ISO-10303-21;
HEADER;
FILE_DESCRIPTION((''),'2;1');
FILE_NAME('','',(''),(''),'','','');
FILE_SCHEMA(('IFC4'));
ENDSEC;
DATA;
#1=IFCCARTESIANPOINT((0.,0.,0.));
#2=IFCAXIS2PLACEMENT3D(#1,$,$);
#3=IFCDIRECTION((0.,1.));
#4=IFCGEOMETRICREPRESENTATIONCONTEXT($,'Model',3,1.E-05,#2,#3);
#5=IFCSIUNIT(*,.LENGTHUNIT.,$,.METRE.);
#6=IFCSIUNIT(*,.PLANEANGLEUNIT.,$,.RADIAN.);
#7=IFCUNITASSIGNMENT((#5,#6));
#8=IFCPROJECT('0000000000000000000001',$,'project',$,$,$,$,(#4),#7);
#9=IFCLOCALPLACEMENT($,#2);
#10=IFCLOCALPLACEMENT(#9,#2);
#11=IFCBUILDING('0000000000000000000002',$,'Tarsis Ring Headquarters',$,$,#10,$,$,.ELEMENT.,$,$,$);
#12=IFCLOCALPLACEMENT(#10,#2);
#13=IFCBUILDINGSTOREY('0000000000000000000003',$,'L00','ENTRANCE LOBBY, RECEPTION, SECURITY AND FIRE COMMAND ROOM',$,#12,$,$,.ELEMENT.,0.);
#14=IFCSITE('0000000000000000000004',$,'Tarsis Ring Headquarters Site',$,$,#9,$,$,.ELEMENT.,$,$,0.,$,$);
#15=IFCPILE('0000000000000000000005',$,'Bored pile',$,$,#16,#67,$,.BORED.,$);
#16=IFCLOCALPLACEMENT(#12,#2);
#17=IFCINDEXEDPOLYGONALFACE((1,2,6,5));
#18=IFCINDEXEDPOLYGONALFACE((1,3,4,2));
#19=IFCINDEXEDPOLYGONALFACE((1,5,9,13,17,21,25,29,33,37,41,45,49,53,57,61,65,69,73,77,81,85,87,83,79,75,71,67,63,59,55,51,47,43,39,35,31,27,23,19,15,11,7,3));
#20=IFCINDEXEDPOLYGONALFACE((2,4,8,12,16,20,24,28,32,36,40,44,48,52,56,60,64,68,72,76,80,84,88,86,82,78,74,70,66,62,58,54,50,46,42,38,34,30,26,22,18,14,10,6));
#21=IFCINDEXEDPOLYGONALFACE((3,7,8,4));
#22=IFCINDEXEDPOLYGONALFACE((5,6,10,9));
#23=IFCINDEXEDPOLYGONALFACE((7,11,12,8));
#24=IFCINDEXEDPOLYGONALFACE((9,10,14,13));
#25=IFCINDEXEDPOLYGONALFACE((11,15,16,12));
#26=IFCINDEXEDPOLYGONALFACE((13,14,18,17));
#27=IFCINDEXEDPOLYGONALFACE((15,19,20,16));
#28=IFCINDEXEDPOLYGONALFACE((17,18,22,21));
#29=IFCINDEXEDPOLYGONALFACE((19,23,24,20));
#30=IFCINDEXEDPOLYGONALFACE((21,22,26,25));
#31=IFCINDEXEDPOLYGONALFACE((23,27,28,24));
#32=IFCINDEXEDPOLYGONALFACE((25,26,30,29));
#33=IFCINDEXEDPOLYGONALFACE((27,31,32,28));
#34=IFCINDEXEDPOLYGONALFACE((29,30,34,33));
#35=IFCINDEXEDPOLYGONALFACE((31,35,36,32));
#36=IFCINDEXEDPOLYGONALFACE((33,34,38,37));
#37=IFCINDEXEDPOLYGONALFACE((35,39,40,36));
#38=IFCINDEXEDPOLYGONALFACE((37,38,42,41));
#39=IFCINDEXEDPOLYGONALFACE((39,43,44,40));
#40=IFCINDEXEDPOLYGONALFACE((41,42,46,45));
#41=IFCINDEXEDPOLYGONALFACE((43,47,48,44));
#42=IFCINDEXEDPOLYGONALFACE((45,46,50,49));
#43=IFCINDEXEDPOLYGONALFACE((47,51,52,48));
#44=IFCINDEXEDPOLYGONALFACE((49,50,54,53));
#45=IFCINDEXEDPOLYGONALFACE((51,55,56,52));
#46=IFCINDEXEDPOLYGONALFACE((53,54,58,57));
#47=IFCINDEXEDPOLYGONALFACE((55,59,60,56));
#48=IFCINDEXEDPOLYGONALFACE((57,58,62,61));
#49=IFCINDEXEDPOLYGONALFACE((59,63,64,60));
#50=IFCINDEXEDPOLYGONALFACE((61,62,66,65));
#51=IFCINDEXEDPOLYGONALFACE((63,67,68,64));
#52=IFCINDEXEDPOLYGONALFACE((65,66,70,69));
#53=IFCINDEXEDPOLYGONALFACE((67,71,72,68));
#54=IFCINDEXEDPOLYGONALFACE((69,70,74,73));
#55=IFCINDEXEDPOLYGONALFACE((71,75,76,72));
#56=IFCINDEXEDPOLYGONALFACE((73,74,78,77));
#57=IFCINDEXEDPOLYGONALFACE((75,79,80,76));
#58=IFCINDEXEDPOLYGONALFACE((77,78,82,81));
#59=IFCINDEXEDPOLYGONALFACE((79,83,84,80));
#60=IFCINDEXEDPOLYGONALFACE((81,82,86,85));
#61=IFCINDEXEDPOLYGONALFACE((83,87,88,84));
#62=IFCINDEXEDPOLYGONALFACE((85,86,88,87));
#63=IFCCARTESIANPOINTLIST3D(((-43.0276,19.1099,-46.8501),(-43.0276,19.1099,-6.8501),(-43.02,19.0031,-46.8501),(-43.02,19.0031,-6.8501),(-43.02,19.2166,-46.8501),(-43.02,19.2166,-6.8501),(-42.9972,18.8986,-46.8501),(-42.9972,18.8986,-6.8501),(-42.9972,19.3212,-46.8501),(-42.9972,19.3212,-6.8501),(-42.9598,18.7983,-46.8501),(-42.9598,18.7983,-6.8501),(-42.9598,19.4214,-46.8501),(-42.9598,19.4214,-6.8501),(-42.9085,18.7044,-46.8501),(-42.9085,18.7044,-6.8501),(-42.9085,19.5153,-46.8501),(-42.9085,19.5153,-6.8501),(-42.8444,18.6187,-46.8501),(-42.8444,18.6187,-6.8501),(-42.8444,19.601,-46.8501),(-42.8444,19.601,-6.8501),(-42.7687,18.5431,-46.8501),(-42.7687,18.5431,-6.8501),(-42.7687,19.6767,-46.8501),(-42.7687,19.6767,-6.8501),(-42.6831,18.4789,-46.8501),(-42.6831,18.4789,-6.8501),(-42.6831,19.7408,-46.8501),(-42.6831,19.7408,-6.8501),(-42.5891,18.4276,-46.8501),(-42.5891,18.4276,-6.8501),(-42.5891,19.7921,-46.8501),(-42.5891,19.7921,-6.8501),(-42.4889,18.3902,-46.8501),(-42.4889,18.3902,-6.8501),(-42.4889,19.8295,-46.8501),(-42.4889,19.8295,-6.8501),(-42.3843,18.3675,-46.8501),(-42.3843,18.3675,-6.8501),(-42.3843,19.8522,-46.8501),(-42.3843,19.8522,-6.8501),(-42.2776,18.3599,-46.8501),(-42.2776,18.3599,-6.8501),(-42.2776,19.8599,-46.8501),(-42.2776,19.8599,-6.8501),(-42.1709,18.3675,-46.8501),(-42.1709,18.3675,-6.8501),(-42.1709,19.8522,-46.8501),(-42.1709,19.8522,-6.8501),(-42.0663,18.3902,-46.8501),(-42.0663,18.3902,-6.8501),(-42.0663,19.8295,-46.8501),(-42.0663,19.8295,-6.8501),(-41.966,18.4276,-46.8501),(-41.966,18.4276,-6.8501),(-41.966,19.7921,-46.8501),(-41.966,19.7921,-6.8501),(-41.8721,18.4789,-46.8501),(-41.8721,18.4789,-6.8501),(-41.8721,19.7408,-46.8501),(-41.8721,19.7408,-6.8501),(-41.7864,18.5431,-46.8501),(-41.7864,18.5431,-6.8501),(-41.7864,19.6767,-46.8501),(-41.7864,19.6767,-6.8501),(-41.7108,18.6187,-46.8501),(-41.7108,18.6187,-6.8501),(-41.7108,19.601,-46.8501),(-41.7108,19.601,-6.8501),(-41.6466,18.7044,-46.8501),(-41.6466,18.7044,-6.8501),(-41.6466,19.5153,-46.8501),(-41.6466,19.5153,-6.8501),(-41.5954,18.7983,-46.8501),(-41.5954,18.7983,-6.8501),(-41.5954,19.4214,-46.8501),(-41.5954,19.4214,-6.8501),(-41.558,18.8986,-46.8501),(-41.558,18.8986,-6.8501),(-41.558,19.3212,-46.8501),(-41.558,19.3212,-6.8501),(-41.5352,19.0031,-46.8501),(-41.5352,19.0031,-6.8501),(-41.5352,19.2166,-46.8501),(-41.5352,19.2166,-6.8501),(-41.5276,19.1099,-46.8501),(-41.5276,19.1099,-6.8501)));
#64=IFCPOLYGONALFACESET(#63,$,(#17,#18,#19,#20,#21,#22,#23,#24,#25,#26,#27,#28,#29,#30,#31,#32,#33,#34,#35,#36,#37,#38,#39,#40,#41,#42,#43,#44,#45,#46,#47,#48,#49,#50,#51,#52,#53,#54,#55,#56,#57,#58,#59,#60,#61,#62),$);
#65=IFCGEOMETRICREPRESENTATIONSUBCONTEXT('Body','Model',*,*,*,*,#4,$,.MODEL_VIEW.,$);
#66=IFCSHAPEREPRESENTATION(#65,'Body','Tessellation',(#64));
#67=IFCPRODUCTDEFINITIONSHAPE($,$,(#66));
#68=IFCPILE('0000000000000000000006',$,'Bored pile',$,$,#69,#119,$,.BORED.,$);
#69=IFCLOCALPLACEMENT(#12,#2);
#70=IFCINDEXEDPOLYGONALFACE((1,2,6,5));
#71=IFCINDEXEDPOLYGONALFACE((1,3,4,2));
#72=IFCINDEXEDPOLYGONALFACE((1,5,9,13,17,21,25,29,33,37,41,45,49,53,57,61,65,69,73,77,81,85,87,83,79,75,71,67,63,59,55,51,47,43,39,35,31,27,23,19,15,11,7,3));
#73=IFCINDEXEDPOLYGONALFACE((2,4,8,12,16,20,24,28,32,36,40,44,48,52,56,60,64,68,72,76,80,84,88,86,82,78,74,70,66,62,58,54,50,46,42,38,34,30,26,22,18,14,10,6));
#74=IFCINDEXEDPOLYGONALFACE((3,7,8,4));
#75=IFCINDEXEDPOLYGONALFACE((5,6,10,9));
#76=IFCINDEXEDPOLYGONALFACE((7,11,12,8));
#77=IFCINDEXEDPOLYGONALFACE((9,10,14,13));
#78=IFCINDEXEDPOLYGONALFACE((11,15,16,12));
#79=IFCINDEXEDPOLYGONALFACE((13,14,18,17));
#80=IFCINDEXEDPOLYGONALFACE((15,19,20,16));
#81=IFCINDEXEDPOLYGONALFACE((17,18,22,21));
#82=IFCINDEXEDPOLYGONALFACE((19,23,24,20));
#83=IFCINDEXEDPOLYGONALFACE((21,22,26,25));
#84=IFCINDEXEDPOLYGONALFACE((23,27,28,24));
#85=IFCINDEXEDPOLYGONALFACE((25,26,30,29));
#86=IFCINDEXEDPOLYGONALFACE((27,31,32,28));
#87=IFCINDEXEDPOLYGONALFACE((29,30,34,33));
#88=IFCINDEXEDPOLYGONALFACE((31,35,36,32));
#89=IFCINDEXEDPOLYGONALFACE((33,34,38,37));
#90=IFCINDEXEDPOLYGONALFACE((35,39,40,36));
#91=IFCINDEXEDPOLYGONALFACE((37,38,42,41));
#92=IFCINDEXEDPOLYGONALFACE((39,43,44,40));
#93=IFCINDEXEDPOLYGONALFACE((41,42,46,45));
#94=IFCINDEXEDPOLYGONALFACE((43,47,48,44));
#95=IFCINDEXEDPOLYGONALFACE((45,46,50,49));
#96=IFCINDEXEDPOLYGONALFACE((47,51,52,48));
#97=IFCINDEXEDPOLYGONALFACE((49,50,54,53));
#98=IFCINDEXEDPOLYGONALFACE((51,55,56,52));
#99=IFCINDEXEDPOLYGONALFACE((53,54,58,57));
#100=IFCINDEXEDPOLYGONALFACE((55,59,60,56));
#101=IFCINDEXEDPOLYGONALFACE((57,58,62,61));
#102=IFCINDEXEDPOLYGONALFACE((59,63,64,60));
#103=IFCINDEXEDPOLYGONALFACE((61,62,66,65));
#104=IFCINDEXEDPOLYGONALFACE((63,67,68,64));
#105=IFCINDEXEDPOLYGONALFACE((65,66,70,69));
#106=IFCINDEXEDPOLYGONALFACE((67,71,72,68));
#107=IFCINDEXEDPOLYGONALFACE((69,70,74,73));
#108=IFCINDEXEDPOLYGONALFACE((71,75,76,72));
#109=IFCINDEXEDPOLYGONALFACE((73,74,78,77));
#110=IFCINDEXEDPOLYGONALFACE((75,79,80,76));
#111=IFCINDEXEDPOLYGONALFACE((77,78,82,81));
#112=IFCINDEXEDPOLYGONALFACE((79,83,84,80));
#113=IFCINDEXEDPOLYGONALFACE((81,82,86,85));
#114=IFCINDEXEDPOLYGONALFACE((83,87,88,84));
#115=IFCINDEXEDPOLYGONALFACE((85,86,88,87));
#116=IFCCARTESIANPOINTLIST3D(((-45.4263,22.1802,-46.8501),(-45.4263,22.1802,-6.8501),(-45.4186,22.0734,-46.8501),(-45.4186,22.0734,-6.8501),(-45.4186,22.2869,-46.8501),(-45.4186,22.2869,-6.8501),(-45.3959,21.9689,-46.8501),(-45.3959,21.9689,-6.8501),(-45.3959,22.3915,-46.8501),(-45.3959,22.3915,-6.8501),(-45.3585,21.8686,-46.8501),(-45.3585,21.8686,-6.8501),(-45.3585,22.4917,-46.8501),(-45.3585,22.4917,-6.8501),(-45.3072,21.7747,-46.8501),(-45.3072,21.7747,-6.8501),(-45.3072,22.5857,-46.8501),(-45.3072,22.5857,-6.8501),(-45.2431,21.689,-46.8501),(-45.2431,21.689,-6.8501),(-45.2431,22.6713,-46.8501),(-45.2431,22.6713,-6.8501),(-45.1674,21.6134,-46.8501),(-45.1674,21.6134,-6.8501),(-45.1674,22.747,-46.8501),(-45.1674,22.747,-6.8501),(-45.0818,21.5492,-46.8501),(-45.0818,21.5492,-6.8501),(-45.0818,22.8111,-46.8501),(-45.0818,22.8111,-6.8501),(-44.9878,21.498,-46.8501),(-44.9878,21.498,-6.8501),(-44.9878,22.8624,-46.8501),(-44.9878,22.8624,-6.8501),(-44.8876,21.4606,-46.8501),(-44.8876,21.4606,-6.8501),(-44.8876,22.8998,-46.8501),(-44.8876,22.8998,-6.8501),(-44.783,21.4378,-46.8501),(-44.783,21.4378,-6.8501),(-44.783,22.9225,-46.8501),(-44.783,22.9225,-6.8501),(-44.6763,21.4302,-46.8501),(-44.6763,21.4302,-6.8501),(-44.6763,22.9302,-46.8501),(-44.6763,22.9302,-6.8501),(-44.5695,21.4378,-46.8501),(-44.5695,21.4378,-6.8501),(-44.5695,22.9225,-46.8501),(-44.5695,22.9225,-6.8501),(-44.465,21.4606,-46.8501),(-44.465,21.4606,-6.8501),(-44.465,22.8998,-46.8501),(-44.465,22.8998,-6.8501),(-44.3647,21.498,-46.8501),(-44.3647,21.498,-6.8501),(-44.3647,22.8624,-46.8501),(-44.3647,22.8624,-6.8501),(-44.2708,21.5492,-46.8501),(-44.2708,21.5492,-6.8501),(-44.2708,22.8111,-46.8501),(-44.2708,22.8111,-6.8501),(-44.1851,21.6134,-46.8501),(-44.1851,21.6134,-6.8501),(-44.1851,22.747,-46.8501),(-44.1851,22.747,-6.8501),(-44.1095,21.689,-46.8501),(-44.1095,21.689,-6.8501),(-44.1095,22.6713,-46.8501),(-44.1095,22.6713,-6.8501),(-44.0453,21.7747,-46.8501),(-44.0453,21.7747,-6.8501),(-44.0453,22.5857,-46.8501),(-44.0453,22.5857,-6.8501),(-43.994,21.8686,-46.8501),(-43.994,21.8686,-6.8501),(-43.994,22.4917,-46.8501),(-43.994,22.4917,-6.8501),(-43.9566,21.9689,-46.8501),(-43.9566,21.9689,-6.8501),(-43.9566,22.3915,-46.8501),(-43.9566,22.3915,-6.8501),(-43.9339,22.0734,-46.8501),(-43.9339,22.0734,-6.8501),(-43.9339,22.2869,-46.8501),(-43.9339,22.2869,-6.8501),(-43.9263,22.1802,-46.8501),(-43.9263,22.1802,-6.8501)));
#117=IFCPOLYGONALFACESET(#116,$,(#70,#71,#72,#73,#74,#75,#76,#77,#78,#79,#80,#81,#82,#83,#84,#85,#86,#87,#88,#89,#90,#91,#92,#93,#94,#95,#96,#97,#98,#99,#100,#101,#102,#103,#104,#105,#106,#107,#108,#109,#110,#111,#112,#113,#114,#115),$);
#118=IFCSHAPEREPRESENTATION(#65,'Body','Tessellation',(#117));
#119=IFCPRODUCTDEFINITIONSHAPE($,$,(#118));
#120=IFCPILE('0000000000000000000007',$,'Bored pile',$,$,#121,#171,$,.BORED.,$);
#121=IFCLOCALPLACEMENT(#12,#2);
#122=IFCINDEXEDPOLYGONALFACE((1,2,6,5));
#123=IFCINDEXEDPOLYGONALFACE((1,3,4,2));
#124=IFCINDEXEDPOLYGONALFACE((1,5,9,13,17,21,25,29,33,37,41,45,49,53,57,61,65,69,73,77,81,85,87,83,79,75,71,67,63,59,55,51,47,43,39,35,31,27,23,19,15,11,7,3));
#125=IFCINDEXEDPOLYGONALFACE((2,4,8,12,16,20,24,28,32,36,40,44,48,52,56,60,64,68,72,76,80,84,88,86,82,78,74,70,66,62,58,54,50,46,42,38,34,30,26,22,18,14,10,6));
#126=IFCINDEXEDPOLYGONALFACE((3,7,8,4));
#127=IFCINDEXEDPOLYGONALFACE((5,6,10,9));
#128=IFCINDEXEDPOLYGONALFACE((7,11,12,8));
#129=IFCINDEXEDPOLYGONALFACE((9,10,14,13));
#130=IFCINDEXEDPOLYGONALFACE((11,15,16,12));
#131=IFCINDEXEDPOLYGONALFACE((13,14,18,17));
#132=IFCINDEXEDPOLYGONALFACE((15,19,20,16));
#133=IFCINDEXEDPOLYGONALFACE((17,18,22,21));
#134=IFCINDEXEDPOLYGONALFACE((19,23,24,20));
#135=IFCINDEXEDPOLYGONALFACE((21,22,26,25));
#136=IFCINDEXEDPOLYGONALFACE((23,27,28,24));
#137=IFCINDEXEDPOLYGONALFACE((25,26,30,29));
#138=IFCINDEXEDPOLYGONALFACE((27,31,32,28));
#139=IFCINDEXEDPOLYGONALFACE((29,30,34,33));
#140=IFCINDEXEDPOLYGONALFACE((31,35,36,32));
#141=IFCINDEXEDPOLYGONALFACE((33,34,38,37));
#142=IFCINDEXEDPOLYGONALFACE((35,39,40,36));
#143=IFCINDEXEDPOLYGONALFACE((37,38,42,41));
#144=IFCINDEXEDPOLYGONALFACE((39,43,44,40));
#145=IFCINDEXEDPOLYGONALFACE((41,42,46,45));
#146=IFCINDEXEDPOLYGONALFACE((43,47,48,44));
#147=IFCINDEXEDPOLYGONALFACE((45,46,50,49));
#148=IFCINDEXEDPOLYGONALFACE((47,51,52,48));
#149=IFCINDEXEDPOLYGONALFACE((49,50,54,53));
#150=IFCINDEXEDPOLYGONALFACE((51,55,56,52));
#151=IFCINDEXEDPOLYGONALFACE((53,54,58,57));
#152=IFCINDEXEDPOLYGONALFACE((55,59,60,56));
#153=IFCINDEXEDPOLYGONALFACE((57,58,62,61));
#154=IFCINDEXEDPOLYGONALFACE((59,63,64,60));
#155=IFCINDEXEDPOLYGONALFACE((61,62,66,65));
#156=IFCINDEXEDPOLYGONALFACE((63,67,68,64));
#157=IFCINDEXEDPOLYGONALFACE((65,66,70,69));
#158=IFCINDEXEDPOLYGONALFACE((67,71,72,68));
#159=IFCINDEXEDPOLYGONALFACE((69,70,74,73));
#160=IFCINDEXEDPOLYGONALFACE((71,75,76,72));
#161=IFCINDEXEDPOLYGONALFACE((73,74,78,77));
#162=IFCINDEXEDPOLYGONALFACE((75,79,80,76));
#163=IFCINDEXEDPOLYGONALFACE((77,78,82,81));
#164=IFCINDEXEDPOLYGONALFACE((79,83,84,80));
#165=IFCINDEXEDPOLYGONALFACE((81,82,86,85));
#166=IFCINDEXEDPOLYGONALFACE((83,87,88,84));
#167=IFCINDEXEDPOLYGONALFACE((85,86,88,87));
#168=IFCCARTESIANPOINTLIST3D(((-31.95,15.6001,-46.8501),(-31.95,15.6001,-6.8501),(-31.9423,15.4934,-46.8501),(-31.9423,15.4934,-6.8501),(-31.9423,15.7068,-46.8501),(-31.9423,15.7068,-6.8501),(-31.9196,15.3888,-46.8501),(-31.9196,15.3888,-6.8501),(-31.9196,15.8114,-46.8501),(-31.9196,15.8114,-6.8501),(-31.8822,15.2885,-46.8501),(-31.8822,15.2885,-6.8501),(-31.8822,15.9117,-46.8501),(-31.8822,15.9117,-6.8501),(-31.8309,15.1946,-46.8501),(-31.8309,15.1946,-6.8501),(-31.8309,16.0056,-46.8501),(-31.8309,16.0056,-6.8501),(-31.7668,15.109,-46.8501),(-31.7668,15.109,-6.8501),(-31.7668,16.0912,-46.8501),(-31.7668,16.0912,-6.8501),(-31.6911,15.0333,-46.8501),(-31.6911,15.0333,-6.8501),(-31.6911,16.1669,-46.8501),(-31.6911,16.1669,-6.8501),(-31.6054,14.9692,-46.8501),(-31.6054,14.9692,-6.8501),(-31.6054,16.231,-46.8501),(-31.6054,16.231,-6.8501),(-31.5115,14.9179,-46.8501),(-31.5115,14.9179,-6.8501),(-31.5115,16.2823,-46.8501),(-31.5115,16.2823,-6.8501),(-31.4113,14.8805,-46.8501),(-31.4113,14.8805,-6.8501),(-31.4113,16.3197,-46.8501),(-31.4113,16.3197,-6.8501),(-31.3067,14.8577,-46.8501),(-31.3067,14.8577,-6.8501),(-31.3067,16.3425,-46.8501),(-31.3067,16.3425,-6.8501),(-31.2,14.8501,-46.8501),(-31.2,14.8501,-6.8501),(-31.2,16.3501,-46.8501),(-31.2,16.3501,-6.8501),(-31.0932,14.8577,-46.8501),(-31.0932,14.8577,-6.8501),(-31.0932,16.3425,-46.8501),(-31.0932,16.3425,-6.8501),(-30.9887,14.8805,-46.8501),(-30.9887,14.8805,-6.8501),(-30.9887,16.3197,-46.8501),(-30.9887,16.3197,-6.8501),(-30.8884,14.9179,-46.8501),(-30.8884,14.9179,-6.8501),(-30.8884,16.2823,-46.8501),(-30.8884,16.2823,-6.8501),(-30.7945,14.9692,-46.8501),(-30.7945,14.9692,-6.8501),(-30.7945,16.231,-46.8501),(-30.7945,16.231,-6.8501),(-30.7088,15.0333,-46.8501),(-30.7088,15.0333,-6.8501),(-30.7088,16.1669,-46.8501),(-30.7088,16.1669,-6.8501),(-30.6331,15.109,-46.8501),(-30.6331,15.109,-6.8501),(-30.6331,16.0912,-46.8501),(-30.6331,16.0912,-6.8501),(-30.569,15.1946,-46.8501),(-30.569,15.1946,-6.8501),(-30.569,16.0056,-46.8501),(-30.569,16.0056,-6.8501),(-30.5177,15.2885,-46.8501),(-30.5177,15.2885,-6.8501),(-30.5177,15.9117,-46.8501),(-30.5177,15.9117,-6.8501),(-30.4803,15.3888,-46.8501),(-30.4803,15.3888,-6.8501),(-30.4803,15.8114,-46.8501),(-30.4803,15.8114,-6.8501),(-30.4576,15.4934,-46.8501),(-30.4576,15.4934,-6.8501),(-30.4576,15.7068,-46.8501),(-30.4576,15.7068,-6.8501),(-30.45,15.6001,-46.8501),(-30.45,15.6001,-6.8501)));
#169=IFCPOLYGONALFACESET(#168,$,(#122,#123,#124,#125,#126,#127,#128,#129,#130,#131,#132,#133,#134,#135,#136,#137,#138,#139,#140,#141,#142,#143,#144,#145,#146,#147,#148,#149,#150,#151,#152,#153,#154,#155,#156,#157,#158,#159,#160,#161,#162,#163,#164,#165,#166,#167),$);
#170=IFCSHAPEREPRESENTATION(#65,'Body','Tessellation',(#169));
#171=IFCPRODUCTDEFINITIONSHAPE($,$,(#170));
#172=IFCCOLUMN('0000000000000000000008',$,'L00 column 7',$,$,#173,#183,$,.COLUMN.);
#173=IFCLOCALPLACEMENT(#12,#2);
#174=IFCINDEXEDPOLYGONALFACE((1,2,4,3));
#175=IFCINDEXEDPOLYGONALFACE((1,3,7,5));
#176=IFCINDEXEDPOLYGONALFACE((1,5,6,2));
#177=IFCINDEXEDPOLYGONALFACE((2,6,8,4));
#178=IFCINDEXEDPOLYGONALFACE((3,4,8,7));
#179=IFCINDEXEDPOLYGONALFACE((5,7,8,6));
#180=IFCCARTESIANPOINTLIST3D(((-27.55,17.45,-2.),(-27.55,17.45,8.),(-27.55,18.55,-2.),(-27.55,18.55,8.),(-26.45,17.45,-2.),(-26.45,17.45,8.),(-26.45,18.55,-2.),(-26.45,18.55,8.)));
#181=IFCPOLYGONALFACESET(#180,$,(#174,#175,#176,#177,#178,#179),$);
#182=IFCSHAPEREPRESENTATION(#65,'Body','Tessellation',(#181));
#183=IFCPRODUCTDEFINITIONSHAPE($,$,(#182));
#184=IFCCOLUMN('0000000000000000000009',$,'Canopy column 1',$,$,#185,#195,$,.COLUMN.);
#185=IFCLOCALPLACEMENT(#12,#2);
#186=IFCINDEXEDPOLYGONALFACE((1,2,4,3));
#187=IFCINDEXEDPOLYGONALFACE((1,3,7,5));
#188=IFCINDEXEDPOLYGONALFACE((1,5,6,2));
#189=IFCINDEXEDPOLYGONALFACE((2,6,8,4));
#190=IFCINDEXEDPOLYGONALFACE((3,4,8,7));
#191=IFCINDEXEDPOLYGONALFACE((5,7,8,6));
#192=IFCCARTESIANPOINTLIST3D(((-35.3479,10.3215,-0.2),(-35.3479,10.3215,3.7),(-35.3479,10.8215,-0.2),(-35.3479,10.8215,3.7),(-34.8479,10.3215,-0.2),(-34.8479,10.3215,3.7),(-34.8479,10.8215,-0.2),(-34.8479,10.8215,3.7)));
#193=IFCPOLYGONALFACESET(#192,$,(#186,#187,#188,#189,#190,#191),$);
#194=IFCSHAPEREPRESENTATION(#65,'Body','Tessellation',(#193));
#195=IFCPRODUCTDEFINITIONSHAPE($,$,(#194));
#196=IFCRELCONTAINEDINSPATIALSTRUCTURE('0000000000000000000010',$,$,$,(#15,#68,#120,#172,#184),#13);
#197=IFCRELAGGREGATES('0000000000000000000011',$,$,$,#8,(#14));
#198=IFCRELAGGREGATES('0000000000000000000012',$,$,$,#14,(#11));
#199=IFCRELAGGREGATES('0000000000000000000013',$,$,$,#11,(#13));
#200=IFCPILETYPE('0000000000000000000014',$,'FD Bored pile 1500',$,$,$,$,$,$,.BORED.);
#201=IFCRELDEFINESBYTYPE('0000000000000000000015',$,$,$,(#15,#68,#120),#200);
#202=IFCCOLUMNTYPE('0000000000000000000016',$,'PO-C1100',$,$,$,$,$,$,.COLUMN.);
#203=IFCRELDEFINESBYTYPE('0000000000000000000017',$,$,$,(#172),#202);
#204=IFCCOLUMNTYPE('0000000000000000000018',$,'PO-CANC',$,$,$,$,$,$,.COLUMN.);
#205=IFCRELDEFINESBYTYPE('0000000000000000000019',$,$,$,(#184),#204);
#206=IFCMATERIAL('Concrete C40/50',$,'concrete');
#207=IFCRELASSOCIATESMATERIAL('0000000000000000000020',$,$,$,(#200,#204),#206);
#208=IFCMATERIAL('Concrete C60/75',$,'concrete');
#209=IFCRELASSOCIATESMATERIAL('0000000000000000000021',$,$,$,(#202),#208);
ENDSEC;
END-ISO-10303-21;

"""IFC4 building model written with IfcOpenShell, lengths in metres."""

from ifc_helpers import new_model, si_unit, direction, frame, origin, origin_2d, place, context, subcontext, project, spatial, rectangle, circle, extrude, material, material_profile, profile_set, type_object, element, save


model = new_model("IFC4")

# Units and contexts
model_context = context("Model", 3, precision=1e-05, world=origin(), true_north=direction((0.0, 1.0)))
body_context = subcontext(model_context, "Body", "Model", "MODEL_VIEW")
ifc_project = project(units=[si_unit("LENGTHUNIT", "METRE"), si_unit("PLANEANGLEUNIT", "RADIAN")], contexts=[model_context])

# Site, building, storey
site_placement = place(None, origin())
site = spatial("IfcSite", under=ifc_project, at=site_placement, Name="Tarsis Ring Headquarters Site", CompositionType="ELEMENT", RefElevation=0.0)
building_placement = place(site_placement, origin())
building = spatial("IfcBuilding", under=site, at=building_placement, Name="Tarsis Ring Headquarters", CompositionType="ELEMENT")
storey_placement = place(building_placement, origin())
storey = spatial("IfcBuildingStorey", under=building, at=storey_placement, Name="L00", Description="ENTRANCE LOBBY, RECEPTION, SECURITY AND FIRE COMMAND ROOM", CompositionType="ELEMENT", Elevation=0.0)

# Piles
ifc_material_1 = material(Name="Concrete C40/50", Category="concrete")
ifc_material_profile_1 = material_profile(ifc_material_1, circle(Radius=0.75, at=origin_2d()), Name="BORED 1500")
ifc_profile_set_1 = profile_set([ifc_material_profile_1], Name="Concrete C40/50")
pile_type_1 = type_object("IfcPileType", Name="FD Bored pile 1500", PredefinedType="BORED", material=ifc_profile_set_1)
for number, where, z_axis, x_axis, name in (
    (1, (-42.2776, 19.1099, -6.8501), (0.0, 0.0, -1.0), (1.0, 0.0, 0.0), "Bored pile"),
    (2, (-44.6763, 22.1802, -6.8501), (0.0, 0.0, -1.0), (1.0, 0.0, 0.0), "Bored pile"),
    (3, (-31.2, 15.6001, -6.8501), (0.0, 0.0, -1.0), (1.0, 0.0, 0.0), "Bored pile"),
):
    element("IfcPile", number, at=place(storey_placement, frame(where, z_axis=z_axis, x_axis=x_axis)), inside=storey, type_object=pile_type_1, Name=name, PredefinedType="BORED", context=body_context, shape_type="SweptSolid", body=[
        extrude(circle(Radius=0.75, at=origin_2d()), origin(), (0.0, 0.0, 1.0), 40.0),
    ])

# Columns
ifc_material_2 = material(Name="Concrete C60/75", Category="concrete")
ifc_material_profile_2 = material_profile(ifc_material_2, rectangle(XDim=1.1001, YDim=1.1001, at=origin_2d()), Name="PO-C1100")
ifc_profile_set_2 = profile_set([ifc_material_profile_2], Name="Concrete C60/75")
column_type_1 = type_object("IfcColumnType", Name="PO-C1100", PredefinedType="COLUMN", material=ifc_profile_set_2)
column_1_placement = place(storey_placement, frame((-27.0, 18.0, -2.0), z_axis=(0.0, 0.0, 1.0), x_axis=(1.0, 0.0, 0.0)))
element("IfcColumn", 4, at=column_1_placement, inside=storey, type_object=column_type_1, Name="L00 column 7", PredefinedType="COLUMN", context=body_context, shape_type="SweptSolid", body=[
    extrude(rectangle(XDim=1.1001, YDim=1.1001, at=origin_2d()), origin(), (0.0, 0.0, 1.0), 10.0),
])
ifc_material_profile_3 = material_profile(ifc_material_1, rectangle(XDim=0.5, YDim=0.5, at=origin_2d()), Name="PO-CANC")
ifc_profile_set_3 = profile_set([ifc_material_profile_3], Name="Concrete C40/50")
column_type_2 = type_object("IfcColumnType", Name="PO-CANC", PredefinedType="COLUMN", material=ifc_profile_set_3)
column_2_placement = place(storey_placement, frame((-35.0979, 10.5715, -0.2), z_axis=(0.0, 0.0, 1.0), x_axis=(1.0, 0.0, 0.0)))
element("IfcColumn", 5, at=column_2_placement, inside=storey, type_object=column_type_2, Name="Canopy column 1", PredefinedType="COLUMN", context=body_context, shape_type="SweptSolid", body=[
    extrude(rectangle(XDim=0.5, YDim=0.5, at=origin_2d()), origin(), (0.0, 0.0, 1.0), 3.8999),
])

save(model, "model.ifc")
